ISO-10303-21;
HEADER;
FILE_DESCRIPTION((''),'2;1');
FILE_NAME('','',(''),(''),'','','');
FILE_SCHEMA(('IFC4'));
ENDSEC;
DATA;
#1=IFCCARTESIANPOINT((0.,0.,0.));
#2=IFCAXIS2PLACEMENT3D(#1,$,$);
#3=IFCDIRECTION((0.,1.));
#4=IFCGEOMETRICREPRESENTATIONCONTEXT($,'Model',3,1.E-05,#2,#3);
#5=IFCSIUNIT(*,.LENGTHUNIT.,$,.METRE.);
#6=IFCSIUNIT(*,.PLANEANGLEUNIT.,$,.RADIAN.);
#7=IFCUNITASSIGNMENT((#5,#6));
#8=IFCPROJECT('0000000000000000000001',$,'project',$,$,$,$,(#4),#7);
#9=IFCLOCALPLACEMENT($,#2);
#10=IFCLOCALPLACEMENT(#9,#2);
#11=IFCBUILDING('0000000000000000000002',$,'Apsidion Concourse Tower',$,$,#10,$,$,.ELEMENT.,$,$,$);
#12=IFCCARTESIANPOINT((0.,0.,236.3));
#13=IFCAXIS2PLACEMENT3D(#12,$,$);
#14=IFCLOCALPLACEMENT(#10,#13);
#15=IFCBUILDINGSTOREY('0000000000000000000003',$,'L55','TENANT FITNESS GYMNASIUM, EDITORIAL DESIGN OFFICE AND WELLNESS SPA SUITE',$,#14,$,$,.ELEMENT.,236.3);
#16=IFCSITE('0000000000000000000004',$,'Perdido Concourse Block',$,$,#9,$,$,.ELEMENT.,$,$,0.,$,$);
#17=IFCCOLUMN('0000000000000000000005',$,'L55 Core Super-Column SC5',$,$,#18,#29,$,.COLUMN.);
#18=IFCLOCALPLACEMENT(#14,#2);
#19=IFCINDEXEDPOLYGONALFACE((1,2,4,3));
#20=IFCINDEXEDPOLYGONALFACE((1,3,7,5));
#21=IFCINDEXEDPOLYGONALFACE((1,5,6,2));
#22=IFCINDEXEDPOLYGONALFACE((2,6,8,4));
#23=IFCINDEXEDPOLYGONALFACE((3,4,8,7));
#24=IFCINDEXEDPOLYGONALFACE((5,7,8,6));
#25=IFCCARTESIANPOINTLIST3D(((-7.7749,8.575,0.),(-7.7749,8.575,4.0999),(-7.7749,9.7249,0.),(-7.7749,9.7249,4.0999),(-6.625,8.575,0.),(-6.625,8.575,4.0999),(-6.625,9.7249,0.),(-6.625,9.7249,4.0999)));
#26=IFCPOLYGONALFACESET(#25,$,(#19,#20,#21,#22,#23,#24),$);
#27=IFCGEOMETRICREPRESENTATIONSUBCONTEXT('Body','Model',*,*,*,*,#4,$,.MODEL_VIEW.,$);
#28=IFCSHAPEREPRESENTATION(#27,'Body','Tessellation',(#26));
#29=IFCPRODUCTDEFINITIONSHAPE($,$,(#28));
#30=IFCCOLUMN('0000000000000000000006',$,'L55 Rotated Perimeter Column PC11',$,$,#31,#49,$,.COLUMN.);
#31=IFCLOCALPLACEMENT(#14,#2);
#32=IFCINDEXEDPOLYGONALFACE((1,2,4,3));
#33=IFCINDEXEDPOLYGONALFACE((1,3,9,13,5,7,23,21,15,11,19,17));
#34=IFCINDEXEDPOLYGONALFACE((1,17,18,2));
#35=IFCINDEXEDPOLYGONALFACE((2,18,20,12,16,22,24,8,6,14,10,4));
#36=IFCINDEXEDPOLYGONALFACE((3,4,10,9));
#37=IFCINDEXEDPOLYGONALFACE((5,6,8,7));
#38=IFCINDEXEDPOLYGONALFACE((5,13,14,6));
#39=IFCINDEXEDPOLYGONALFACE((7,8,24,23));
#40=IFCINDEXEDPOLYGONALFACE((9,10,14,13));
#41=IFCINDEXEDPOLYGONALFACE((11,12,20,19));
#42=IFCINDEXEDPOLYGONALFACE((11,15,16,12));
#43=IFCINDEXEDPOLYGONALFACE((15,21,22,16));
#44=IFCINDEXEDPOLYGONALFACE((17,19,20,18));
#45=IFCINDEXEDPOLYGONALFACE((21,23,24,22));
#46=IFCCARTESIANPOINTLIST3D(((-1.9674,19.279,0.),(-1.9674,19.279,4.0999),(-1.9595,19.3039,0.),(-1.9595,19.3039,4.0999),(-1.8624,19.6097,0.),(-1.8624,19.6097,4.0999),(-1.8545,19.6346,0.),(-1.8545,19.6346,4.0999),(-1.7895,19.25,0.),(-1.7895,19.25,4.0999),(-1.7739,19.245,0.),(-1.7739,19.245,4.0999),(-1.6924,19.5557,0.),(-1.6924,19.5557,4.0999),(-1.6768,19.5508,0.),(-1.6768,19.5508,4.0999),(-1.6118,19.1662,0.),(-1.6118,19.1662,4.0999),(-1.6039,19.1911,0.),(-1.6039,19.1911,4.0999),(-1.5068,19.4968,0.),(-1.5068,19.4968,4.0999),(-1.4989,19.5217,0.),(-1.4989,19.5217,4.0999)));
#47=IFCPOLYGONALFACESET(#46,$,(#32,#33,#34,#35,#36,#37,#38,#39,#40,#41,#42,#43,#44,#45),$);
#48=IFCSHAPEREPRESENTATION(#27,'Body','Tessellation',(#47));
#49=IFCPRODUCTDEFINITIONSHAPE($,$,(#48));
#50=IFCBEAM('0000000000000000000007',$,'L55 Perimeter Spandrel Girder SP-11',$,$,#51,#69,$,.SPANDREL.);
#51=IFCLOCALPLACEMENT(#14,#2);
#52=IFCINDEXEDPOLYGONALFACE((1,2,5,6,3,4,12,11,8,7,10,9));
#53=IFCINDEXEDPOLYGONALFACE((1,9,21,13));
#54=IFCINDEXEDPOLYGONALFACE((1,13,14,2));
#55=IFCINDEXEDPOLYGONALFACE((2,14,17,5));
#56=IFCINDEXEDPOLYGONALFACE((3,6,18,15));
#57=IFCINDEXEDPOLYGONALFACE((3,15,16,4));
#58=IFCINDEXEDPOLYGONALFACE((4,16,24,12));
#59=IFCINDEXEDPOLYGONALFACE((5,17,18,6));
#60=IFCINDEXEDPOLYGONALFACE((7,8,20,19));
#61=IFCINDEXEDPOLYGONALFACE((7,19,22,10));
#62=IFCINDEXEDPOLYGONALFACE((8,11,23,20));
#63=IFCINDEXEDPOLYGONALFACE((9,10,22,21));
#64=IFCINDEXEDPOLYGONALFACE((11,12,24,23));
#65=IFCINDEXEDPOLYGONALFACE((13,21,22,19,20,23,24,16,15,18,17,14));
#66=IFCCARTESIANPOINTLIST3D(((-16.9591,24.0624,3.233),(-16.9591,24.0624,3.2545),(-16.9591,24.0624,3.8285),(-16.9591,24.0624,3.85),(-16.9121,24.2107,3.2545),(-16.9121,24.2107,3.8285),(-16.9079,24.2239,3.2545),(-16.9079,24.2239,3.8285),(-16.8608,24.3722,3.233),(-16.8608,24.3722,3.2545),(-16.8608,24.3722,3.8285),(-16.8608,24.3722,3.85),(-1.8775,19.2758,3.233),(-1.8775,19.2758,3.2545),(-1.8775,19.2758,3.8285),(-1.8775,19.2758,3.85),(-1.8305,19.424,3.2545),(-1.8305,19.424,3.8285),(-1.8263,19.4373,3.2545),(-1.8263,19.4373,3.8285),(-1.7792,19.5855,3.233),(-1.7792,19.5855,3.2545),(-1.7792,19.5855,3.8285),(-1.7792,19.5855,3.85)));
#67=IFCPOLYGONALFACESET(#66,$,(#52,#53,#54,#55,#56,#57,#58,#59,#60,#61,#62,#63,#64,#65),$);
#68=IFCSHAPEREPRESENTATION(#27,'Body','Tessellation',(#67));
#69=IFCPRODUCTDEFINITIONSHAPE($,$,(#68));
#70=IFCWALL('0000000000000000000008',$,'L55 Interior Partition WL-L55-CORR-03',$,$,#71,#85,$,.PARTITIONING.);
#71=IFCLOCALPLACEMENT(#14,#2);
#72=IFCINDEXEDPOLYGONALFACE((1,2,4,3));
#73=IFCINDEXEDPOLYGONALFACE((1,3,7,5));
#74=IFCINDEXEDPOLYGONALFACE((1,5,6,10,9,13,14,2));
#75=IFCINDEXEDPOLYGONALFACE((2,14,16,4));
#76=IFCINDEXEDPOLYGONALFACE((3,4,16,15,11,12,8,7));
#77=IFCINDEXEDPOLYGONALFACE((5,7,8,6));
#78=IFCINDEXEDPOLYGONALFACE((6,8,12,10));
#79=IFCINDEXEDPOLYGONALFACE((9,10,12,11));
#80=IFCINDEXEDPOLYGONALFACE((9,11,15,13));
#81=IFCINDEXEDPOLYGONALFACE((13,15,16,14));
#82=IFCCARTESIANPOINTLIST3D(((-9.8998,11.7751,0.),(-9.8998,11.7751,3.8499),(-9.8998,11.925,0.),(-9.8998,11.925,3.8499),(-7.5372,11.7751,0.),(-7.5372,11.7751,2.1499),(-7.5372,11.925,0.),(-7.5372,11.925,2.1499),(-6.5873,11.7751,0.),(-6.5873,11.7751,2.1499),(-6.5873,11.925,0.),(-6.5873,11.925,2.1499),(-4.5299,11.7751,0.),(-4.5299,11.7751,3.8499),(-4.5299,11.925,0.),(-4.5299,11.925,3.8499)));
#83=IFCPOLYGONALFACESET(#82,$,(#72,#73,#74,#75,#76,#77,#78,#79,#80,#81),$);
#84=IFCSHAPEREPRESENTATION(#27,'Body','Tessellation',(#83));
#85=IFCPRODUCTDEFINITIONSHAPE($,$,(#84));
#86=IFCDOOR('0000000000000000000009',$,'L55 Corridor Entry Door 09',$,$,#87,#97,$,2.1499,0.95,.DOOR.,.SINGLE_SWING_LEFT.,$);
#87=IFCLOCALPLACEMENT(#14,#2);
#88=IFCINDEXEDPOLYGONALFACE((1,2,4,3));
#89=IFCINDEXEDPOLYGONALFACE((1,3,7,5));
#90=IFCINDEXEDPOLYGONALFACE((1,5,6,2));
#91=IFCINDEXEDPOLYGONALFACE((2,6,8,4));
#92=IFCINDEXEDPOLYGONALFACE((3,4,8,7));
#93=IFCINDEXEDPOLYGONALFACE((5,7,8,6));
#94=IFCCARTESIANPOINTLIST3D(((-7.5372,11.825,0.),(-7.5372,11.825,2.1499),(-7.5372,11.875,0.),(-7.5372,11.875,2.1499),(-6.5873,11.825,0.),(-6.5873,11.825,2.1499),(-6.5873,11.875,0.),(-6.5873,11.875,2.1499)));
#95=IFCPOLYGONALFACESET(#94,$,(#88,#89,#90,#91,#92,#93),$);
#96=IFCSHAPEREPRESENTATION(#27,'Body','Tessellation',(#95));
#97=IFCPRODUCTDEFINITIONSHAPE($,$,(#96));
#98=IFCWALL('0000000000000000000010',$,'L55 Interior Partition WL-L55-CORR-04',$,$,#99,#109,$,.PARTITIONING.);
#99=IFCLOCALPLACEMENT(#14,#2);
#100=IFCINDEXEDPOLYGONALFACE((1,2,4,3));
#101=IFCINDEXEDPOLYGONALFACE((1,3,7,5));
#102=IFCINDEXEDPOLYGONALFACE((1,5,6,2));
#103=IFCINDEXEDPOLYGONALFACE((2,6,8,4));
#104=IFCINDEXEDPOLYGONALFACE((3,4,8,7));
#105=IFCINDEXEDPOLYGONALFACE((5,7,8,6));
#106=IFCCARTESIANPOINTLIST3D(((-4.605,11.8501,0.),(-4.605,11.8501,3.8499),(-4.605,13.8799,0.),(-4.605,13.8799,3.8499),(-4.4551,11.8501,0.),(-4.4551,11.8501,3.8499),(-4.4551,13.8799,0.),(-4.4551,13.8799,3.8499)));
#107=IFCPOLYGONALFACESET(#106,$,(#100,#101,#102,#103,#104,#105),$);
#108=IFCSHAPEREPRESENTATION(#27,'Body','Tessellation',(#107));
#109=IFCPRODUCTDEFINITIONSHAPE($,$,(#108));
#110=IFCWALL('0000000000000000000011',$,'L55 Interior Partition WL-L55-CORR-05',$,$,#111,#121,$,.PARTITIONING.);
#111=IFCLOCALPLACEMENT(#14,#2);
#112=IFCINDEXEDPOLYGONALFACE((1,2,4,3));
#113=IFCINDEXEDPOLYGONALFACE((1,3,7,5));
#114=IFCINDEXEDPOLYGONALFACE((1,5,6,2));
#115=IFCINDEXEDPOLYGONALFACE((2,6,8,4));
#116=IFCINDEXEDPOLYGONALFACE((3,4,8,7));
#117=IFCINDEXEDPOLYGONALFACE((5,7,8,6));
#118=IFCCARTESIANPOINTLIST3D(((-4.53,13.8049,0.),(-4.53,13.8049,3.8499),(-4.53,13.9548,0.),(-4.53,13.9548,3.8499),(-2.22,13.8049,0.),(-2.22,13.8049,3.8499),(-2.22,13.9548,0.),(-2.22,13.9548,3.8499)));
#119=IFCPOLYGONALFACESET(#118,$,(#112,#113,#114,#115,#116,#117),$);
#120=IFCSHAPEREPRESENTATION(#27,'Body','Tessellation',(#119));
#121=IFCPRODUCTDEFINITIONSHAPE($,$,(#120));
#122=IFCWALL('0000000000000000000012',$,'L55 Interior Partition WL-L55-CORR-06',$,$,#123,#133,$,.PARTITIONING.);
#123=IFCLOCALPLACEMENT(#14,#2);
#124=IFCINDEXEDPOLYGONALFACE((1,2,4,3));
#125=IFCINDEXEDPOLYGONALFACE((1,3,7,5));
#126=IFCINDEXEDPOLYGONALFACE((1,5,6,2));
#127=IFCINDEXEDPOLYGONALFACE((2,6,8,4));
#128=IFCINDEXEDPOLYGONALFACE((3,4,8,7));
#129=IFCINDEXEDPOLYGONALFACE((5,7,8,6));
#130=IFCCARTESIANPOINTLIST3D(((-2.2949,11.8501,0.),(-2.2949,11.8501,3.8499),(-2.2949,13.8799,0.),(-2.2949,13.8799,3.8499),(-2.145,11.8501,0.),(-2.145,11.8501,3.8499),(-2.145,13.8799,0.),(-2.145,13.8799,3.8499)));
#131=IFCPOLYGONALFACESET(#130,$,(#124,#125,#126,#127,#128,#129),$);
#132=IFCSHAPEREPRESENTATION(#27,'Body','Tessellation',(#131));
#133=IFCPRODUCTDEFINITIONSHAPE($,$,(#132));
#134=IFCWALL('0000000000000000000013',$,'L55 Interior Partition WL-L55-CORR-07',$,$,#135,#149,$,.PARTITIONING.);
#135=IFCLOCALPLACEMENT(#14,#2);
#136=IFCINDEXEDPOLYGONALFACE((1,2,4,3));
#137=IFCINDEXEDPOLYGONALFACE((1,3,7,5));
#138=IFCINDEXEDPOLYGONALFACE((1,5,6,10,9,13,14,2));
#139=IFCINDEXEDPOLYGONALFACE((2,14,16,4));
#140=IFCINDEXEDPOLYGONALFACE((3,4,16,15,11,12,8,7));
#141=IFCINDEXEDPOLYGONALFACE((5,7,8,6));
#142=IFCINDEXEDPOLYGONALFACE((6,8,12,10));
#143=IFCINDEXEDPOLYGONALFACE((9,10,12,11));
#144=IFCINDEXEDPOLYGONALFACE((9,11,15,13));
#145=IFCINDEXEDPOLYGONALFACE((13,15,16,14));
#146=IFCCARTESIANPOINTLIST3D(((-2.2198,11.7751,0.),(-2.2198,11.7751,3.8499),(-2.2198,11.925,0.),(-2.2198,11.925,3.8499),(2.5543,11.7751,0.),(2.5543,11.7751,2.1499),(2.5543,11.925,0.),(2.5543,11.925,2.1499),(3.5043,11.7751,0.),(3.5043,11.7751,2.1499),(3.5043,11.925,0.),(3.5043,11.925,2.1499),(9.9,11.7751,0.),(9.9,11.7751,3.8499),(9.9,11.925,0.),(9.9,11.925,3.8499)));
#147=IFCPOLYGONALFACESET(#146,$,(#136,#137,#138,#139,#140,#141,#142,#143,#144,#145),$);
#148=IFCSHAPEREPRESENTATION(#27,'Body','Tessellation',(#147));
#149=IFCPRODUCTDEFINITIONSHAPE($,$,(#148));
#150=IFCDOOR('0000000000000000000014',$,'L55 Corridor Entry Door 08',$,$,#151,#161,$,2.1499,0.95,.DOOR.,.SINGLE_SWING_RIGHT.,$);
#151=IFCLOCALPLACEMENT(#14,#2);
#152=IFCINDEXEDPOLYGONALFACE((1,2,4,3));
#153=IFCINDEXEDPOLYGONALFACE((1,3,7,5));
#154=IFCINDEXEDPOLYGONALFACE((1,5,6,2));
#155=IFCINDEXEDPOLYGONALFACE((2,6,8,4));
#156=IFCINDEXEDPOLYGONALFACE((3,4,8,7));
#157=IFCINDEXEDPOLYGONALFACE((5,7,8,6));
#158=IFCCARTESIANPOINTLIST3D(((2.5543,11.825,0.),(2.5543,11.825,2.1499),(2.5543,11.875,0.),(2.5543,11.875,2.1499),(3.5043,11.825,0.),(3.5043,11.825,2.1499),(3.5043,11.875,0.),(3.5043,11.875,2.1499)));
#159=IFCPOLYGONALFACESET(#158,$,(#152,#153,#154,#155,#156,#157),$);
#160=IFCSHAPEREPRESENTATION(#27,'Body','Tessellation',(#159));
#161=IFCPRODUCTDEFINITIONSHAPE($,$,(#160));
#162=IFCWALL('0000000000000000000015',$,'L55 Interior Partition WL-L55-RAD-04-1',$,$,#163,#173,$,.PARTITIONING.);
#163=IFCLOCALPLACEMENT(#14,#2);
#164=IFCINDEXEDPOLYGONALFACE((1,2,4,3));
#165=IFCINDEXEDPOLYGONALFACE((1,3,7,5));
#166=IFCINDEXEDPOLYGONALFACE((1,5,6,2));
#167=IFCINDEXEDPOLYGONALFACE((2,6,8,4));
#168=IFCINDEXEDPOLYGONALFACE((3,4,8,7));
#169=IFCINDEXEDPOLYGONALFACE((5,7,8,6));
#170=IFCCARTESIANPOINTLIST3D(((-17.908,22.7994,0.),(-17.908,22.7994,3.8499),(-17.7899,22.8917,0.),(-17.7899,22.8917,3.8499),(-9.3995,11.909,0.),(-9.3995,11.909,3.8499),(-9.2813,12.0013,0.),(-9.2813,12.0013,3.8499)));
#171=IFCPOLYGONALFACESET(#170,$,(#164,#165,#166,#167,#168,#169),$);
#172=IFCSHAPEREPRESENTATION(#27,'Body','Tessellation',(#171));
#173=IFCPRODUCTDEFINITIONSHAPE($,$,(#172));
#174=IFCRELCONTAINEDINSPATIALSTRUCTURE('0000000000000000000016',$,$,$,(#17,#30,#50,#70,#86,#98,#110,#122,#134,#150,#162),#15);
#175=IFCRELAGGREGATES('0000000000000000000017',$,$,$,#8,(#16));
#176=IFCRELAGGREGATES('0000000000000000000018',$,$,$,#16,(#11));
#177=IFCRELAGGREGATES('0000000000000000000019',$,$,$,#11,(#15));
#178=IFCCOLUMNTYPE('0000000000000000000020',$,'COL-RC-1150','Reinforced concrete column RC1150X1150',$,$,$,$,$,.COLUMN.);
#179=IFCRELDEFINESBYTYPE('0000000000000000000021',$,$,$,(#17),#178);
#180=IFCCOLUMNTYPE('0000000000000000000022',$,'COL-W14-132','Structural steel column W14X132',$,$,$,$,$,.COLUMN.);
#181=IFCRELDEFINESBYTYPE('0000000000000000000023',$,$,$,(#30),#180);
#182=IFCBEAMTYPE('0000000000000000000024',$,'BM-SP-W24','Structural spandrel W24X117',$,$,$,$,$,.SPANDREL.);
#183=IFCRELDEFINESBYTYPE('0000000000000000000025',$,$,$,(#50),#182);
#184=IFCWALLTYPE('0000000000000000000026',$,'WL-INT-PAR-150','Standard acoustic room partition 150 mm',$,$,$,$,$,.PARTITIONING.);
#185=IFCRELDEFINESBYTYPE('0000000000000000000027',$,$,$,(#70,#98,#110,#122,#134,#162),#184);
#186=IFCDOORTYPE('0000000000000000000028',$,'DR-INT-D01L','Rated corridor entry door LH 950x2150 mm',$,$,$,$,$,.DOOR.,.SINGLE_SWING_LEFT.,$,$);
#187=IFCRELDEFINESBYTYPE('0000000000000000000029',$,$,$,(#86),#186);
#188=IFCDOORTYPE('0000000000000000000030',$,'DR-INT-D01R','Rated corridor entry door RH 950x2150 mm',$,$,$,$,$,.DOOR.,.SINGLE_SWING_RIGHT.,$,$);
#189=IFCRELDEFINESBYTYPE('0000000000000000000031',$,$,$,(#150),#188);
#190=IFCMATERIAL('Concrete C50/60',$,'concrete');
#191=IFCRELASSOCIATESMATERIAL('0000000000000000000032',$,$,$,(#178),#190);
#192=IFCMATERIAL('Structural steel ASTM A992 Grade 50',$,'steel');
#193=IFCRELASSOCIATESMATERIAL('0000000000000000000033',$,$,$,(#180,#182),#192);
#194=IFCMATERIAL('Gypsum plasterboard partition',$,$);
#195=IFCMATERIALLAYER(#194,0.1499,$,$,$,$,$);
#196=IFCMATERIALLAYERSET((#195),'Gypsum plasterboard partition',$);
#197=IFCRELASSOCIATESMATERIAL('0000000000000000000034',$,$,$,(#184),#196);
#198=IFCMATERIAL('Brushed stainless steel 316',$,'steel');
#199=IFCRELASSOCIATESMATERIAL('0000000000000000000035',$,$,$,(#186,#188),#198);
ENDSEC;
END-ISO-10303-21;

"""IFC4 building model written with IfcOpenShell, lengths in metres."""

from ifc_helpers import new_model, si_unit, direction, frame, frame_2d, origin, origin_2d, place, context, subcontext, project, spatial, rectangle, i_section, extrude, material, layer, layer_set, material_profile, profile_set, type_object, element, fill, save


model = new_model("IFC4")

# Units and contexts
model_context = context("Model", 3, precision=1e-05, world=origin(), true_north=direction((0.0, 1.0)))
body_context = subcontext(model_context, "Body", "Model", "MODEL_VIEW")
ifc_project = project(units=[si_unit("LENGTHUNIT", "METRE"), si_unit("PLANEANGLEUNIT", "RADIAN")], contexts=[model_context])

# Site, building, storey
site_placement = place(None, origin())
site = spatial("IfcSite", under=ifc_project, at=site_placement, Name="Perdido Concourse Block", CompositionType="ELEMENT", RefElevation=0.0)
building_placement = place(site_placement, origin())
building = spatial("IfcBuilding", under=site, at=building_placement, Name="Apsidion Concourse Tower", CompositionType="ELEMENT")
storey_placement = place(building_placement, frame((0.0, 0.0, 236.3)))
storey = spatial("IfcBuildingStorey", under=building, at=storey_placement, Name="L55", Description="TENANT FITNESS GYMNASIUM, EDITORIAL DESIGN OFFICE AND WELLNESS SPA SUITE", CompositionType="ELEMENT", Elevation=236.3)

# Columns
ifc_material_1 = material(Name="Concrete C50/60", Category="concrete")
ifc_material_profile_1 = material_profile(ifc_material_1, rectangle(XDim=1.1499, YDim=1.1499, at=origin_2d()), Name="RC 1150x1150")
ifc_profile_set_1 = profile_set([ifc_material_profile_1], Name="Concrete C50/60")
column_type_1 = type_object("IfcColumnType", Name="COL-RC-1150", Description="Reinforced concrete column RC1150X1150", PredefinedType="COLUMN", material=ifc_profile_set_1)
column_1_placement = place(storey_placement, frame((-7.2, 9.1499, 0.0), z_axis=(0.0, 0.0, 1.0), x_axis=(1.0, 0.0, 0.0)))
element("IfcColumn", 1, at=column_1_placement, inside=storey, type_object=column_type_1, Name="L55 Core Super-Column SC5", PredefinedType="COLUMN", context=body_context, shape_type="SweptSolid", body=[
    extrude(rectangle(XDim=1.1499, YDim=1.1499, at=origin_2d()), origin(), (0.0, 0.0, 1.0), 4.0999),
])
ifc_material_2 = material(Name="Structural steel ASTM A992 Grade 50", Category="steel")
ifc_material_profile_2 = material_profile(ifc_material_2, i_section(OverallWidth=0.373, OverallDepth=0.373, WebThickness=0.0164, FlangeThickness=0.0261, at=origin_2d()), Name="W14X132")
ifc_profile_set_2 = profile_set([ifc_material_profile_2], Name="Structural steel ASTM A992 Grade 50")
column_type_2 = type_object("IfcColumnType", Name="COL-W14-132", Description="Structural steel column W14X132", PredefinedType="COLUMN", material=ifc_profile_set_2)
column_2_placement = place(storey_placement, frame((-1.7332, 19.4004, 0.0), z_axis=(0.0, 0.0, 1.0), x_axis=(-0.953138, 0.302536, 0.0)))
element("IfcColumn", 2, at=column_2_placement, inside=storey, type_object=column_type_2, Name="L55 Rotated Perimeter Column PC11", PredefinedType="COLUMN", context=body_context, shape_type="SweptSolid", body=[
    extrude(i_section(OverallWidth=0.373, OverallDepth=0.373, WebThickness=0.0164, FlangeThickness=0.0261, at=origin_2d()), origin(), (0.0, 0.0, 1.0), 4.0999),
])

# Beam
ifc_material_profile_3 = material_profile(ifc_material_2, i_section(OverallWidth=0.325, OverallDepth=0.6169, WebThickness=0.0139, FlangeThickness=0.0215, at=origin_2d()), Name="W24X117")
ifc_profile_set_3 = profile_set([ifc_material_profile_3], Name="Structural steel ASTM A992 Grade 50")
beam_type = type_object("IfcBeamType", Name="BM-SP-W24", Description="Structural spandrel W24X117", PredefinedType="SPANDREL", material=ifc_profile_set_3)
beam_placement = place(storey_placement, frame((-1.8284, 19.4307, 3.5415), z_axis=(-0.953146, 0.302512, 0.0), x_axis=(-0.302512, -0.953146, 0.0)))
element("IfcBeam", 3, at=beam_placement, inside=storey, type_object=beam_type, Name="L55 Perimeter Spandrel Girder SP-11", PredefinedType="SPANDREL", context=body_context, shape_type="SweptSolid", body=[
    extrude(i_section(OverallWidth=0.325, OverallDepth=0.6169, WebThickness=0.0139, FlangeThickness=0.0215, at=origin_2d()), origin(), (0.0, 0.0, 1.0), 15.823),
])

# Wall, opening, door
ifc_material_3 = material(Name="Gypsum plasterboard partition")
ifc_layer_1 = layer(ifc_material_3, 0.1499)
ifc_layer_set_1 = layer_set([ifc_layer_1], Name="Gypsum plasterboard partition")
wall_type_1 = type_object("IfcWallType", Name="WL-INT-PAR-150", Description="Standard acoustic room partition 150 mm", PredefinedType="PARTITIONING", material=ifc_layer_set_1)
wall_1_placement = place(storey_placement, frame((-9.8999, 11.8501, 0.0), z_axis=(0.0, 0.0, 1.0), x_axis=(1.0, 0.0, 0.0)))
wall_1 = element("IfcWall", 4, at=wall_1_placement, inside=storey, type_object=wall_type_1, Name="L55 Interior Partition WL-L55-CORR-03", PredefinedType="PARTITIONING", context=body_context, shape_type="SweptSolid", body=[
    extrude(rectangle(XDim=5.3699, YDim=0.1499, at=frame_2d((2.6851, 0.0))), origin(), (0.0, 0.0, 1.0), 3.8499),
])
opening_1_placement = place(wall_1_placement, frame((2.3625, 0.0, 0.0)))
opening_1 = element("IfcOpeningElement", 5, at=opening_1_placement, cuts=wall_1, PredefinedType="OPENING", context=body_context, shape_type="SweptSolid", body=[
    extrude(rectangle(XDim=0.95, YDim=2.1499, at=frame_2d((0.4751, 1.075))), frame((0.0, 0.085, 0.0), z_axis=(0.0, -1.0, 0.0), x_axis=(1.0, 0.0, 0.0)), (0.0, 0.0, 1.0), 0.1699),
])
ifc_material_4 = material(Name="Brushed stainless steel 316", Category="steel")
door_type_1 = type_object("IfcDoorType", Name="DR-INT-D01L", Description="Rated corridor entry door LH 950x2150 mm", OperationType="SINGLE_SWING_LEFT", PredefinedType="DOOR", material=ifc_material_4)
door_1_placement = place(opening_1_placement, origin())
door_1 = element("IfcDoor", 6, at=door_1_placement, inside=storey, type_object=door_type_1, Name="L55 Corridor Entry Door 09", OperationType="SINGLE_SWING_LEFT", OverallHeight=2.1499, OverallWidth=0.95, PredefinedType="DOOR", context=body_context, shape_type="SweptSolid", body=[
    extrude(rectangle(XDim=0.95, YDim=2.1499, at=frame_2d((0.4751, 1.075))), frame((0.0, 0.0249, 0.0), z_axis=(0.0, -1.0, 0.0), x_axis=(1.0, 0.0, 0.0)), (0.0, 0.0, 1.0), 0.05),
])
fill(opening_1, door_1)

# Walls
wall_2_placement = place(storey_placement, frame((-4.53, 11.8501, 0.0), z_axis=(0.0, 0.0, 1.0), x_axis=(0.0, 1.0, 0.0)))
element("IfcWall", 7, at=wall_2_placement, inside=storey, type_object=wall_type_1, Name="L55 Interior Partition WL-L55-CORR-04", PredefinedType="PARTITIONING", context=body_context, shape_type="SweptSolid", body=[
    extrude(rectangle(XDim=2.0298, YDim=0.1499, at=frame_2d((1.0149, 0.0))), origin(), (0.0, 0.0, 1.0), 3.8499),
])
wall_3_placement = place(storey_placement, frame((-4.53, 13.8799, 0.0), z_axis=(0.0, 0.0, 1.0), x_axis=(1.0, 0.0, 0.0)))
element("IfcWall", 8, at=wall_3_placement, inside=storey, type_object=wall_type_1, Name="L55 Interior Partition WL-L55-CORR-05", PredefinedType="PARTITIONING", context=body_context, shape_type="SweptSolid", body=[
    extrude(rectangle(XDim=2.3101, YDim=0.1499, at=frame_2d((1.155, 0.0))), origin(), (0.0, 0.0, 1.0), 3.8499),
])
wall_4_placement = place(storey_placement, frame((-2.22, 13.8799, 0.0), z_axis=(0.0, 0.0, 1.0), x_axis=(0.0, -1.0, 0.0)))
element("IfcWall", 9, at=wall_4_placement, inside=storey, type_object=wall_type_1, Name="L55 Interior Partition WL-L55-CORR-06", PredefinedType="PARTITIONING", context=body_context, shape_type="SweptSolid", body=[
    extrude(rectangle(XDim=2.0298, YDim=0.1499, at=frame_2d((1.0149, 0.0))), origin(), (0.0, 0.0, 1.0), 3.8499),
])

# Wall, opening, door
wall_5_placement = place(storey_placement, frame((-2.22, 11.8501, 0.0), z_axis=(0.0, 0.0, 1.0), x_axis=(1.0, 0.0, 0.0)))
wall_5 = element("IfcWall", 10, at=wall_5_placement, inside=storey, type_object=wall_type_1, Name="L55 Interior Partition WL-L55-CORR-07", PredefinedType="PARTITIONING", context=body_context, shape_type="SweptSolid", body=[
    extrude(rectangle(XDim=12.1199, YDim=0.1499, at=frame_2d((6.0601, 0.0))), origin(), (0.0, 0.0, 1.0), 3.8499),
])
opening_2_placement = place(wall_5_placement, frame((4.7742, 0.0, 0.0)))
opening_2 = element("IfcOpeningElement", 11, at=opening_2_placement, cuts=wall_5, PredefinedType="OPENING", context=body_context, shape_type="SweptSolid", body=[
    extrude(rectangle(XDim=0.95, YDim=2.1499, at=frame_2d((0.4751, 1.075))), frame((0.0, 0.085, 0.0), z_axis=(0.0, -1.0, 0.0), x_axis=(1.0, 0.0, 0.0)), (0.0, 0.0, 1.0), 0.1699),
])
door_type_2 = type_object("IfcDoorType", Name="DR-INT-D01R", Description="Rated corridor entry door RH 950x2150 mm", OperationType="SINGLE_SWING_RIGHT", PredefinedType="DOOR", material=ifc_material_4)
door_2_placement = place(opening_2_placement, origin())
door_2 = element("IfcDoor", 12, at=door_2_placement, inside=storey, type_object=door_type_2, Name="L55 Corridor Entry Door 08", OperationType="SINGLE_SWING_RIGHT", OverallHeight=2.1499, OverallWidth=0.95, PredefinedType="DOOR", context=body_context, shape_type="SweptSolid", body=[
    extrude(rectangle(XDim=0.95, YDim=2.1499, at=frame_2d((0.4751, 1.075))), frame((0.0, 0.0249, 0.0), z_axis=(0.0, -1.0, 0.0), x_axis=(1.0, 0.0, 0.0)), (0.0, 0.0, 1.0), 0.05),
])
fill(opening_2, door_2)

# Wall
wall_6_placement = place(storey_placement, frame((-9.3403, 11.9551, 0.0), z_axis=(0.0, 0.0, 1.0), x_axis=(-0.615664, 0.788009, 0.0)))
element("IfcWall", 13, at=wall_6_placement, inside=storey, type_object=wall_type_1, Name="L55 Interior Partition WL-L55-RAD-04-1", PredefinedType="PARTITIONING", context=body_context, shape_type="SweptSolid", body=[
    extrude(rectangle(XDim=13.8201, YDim=0.1499, at=frame_2d((6.9102, 0.0))), origin(), (0.0, 0.0, 1.0), 3.8499),
])

save(model, "model.ifc")
